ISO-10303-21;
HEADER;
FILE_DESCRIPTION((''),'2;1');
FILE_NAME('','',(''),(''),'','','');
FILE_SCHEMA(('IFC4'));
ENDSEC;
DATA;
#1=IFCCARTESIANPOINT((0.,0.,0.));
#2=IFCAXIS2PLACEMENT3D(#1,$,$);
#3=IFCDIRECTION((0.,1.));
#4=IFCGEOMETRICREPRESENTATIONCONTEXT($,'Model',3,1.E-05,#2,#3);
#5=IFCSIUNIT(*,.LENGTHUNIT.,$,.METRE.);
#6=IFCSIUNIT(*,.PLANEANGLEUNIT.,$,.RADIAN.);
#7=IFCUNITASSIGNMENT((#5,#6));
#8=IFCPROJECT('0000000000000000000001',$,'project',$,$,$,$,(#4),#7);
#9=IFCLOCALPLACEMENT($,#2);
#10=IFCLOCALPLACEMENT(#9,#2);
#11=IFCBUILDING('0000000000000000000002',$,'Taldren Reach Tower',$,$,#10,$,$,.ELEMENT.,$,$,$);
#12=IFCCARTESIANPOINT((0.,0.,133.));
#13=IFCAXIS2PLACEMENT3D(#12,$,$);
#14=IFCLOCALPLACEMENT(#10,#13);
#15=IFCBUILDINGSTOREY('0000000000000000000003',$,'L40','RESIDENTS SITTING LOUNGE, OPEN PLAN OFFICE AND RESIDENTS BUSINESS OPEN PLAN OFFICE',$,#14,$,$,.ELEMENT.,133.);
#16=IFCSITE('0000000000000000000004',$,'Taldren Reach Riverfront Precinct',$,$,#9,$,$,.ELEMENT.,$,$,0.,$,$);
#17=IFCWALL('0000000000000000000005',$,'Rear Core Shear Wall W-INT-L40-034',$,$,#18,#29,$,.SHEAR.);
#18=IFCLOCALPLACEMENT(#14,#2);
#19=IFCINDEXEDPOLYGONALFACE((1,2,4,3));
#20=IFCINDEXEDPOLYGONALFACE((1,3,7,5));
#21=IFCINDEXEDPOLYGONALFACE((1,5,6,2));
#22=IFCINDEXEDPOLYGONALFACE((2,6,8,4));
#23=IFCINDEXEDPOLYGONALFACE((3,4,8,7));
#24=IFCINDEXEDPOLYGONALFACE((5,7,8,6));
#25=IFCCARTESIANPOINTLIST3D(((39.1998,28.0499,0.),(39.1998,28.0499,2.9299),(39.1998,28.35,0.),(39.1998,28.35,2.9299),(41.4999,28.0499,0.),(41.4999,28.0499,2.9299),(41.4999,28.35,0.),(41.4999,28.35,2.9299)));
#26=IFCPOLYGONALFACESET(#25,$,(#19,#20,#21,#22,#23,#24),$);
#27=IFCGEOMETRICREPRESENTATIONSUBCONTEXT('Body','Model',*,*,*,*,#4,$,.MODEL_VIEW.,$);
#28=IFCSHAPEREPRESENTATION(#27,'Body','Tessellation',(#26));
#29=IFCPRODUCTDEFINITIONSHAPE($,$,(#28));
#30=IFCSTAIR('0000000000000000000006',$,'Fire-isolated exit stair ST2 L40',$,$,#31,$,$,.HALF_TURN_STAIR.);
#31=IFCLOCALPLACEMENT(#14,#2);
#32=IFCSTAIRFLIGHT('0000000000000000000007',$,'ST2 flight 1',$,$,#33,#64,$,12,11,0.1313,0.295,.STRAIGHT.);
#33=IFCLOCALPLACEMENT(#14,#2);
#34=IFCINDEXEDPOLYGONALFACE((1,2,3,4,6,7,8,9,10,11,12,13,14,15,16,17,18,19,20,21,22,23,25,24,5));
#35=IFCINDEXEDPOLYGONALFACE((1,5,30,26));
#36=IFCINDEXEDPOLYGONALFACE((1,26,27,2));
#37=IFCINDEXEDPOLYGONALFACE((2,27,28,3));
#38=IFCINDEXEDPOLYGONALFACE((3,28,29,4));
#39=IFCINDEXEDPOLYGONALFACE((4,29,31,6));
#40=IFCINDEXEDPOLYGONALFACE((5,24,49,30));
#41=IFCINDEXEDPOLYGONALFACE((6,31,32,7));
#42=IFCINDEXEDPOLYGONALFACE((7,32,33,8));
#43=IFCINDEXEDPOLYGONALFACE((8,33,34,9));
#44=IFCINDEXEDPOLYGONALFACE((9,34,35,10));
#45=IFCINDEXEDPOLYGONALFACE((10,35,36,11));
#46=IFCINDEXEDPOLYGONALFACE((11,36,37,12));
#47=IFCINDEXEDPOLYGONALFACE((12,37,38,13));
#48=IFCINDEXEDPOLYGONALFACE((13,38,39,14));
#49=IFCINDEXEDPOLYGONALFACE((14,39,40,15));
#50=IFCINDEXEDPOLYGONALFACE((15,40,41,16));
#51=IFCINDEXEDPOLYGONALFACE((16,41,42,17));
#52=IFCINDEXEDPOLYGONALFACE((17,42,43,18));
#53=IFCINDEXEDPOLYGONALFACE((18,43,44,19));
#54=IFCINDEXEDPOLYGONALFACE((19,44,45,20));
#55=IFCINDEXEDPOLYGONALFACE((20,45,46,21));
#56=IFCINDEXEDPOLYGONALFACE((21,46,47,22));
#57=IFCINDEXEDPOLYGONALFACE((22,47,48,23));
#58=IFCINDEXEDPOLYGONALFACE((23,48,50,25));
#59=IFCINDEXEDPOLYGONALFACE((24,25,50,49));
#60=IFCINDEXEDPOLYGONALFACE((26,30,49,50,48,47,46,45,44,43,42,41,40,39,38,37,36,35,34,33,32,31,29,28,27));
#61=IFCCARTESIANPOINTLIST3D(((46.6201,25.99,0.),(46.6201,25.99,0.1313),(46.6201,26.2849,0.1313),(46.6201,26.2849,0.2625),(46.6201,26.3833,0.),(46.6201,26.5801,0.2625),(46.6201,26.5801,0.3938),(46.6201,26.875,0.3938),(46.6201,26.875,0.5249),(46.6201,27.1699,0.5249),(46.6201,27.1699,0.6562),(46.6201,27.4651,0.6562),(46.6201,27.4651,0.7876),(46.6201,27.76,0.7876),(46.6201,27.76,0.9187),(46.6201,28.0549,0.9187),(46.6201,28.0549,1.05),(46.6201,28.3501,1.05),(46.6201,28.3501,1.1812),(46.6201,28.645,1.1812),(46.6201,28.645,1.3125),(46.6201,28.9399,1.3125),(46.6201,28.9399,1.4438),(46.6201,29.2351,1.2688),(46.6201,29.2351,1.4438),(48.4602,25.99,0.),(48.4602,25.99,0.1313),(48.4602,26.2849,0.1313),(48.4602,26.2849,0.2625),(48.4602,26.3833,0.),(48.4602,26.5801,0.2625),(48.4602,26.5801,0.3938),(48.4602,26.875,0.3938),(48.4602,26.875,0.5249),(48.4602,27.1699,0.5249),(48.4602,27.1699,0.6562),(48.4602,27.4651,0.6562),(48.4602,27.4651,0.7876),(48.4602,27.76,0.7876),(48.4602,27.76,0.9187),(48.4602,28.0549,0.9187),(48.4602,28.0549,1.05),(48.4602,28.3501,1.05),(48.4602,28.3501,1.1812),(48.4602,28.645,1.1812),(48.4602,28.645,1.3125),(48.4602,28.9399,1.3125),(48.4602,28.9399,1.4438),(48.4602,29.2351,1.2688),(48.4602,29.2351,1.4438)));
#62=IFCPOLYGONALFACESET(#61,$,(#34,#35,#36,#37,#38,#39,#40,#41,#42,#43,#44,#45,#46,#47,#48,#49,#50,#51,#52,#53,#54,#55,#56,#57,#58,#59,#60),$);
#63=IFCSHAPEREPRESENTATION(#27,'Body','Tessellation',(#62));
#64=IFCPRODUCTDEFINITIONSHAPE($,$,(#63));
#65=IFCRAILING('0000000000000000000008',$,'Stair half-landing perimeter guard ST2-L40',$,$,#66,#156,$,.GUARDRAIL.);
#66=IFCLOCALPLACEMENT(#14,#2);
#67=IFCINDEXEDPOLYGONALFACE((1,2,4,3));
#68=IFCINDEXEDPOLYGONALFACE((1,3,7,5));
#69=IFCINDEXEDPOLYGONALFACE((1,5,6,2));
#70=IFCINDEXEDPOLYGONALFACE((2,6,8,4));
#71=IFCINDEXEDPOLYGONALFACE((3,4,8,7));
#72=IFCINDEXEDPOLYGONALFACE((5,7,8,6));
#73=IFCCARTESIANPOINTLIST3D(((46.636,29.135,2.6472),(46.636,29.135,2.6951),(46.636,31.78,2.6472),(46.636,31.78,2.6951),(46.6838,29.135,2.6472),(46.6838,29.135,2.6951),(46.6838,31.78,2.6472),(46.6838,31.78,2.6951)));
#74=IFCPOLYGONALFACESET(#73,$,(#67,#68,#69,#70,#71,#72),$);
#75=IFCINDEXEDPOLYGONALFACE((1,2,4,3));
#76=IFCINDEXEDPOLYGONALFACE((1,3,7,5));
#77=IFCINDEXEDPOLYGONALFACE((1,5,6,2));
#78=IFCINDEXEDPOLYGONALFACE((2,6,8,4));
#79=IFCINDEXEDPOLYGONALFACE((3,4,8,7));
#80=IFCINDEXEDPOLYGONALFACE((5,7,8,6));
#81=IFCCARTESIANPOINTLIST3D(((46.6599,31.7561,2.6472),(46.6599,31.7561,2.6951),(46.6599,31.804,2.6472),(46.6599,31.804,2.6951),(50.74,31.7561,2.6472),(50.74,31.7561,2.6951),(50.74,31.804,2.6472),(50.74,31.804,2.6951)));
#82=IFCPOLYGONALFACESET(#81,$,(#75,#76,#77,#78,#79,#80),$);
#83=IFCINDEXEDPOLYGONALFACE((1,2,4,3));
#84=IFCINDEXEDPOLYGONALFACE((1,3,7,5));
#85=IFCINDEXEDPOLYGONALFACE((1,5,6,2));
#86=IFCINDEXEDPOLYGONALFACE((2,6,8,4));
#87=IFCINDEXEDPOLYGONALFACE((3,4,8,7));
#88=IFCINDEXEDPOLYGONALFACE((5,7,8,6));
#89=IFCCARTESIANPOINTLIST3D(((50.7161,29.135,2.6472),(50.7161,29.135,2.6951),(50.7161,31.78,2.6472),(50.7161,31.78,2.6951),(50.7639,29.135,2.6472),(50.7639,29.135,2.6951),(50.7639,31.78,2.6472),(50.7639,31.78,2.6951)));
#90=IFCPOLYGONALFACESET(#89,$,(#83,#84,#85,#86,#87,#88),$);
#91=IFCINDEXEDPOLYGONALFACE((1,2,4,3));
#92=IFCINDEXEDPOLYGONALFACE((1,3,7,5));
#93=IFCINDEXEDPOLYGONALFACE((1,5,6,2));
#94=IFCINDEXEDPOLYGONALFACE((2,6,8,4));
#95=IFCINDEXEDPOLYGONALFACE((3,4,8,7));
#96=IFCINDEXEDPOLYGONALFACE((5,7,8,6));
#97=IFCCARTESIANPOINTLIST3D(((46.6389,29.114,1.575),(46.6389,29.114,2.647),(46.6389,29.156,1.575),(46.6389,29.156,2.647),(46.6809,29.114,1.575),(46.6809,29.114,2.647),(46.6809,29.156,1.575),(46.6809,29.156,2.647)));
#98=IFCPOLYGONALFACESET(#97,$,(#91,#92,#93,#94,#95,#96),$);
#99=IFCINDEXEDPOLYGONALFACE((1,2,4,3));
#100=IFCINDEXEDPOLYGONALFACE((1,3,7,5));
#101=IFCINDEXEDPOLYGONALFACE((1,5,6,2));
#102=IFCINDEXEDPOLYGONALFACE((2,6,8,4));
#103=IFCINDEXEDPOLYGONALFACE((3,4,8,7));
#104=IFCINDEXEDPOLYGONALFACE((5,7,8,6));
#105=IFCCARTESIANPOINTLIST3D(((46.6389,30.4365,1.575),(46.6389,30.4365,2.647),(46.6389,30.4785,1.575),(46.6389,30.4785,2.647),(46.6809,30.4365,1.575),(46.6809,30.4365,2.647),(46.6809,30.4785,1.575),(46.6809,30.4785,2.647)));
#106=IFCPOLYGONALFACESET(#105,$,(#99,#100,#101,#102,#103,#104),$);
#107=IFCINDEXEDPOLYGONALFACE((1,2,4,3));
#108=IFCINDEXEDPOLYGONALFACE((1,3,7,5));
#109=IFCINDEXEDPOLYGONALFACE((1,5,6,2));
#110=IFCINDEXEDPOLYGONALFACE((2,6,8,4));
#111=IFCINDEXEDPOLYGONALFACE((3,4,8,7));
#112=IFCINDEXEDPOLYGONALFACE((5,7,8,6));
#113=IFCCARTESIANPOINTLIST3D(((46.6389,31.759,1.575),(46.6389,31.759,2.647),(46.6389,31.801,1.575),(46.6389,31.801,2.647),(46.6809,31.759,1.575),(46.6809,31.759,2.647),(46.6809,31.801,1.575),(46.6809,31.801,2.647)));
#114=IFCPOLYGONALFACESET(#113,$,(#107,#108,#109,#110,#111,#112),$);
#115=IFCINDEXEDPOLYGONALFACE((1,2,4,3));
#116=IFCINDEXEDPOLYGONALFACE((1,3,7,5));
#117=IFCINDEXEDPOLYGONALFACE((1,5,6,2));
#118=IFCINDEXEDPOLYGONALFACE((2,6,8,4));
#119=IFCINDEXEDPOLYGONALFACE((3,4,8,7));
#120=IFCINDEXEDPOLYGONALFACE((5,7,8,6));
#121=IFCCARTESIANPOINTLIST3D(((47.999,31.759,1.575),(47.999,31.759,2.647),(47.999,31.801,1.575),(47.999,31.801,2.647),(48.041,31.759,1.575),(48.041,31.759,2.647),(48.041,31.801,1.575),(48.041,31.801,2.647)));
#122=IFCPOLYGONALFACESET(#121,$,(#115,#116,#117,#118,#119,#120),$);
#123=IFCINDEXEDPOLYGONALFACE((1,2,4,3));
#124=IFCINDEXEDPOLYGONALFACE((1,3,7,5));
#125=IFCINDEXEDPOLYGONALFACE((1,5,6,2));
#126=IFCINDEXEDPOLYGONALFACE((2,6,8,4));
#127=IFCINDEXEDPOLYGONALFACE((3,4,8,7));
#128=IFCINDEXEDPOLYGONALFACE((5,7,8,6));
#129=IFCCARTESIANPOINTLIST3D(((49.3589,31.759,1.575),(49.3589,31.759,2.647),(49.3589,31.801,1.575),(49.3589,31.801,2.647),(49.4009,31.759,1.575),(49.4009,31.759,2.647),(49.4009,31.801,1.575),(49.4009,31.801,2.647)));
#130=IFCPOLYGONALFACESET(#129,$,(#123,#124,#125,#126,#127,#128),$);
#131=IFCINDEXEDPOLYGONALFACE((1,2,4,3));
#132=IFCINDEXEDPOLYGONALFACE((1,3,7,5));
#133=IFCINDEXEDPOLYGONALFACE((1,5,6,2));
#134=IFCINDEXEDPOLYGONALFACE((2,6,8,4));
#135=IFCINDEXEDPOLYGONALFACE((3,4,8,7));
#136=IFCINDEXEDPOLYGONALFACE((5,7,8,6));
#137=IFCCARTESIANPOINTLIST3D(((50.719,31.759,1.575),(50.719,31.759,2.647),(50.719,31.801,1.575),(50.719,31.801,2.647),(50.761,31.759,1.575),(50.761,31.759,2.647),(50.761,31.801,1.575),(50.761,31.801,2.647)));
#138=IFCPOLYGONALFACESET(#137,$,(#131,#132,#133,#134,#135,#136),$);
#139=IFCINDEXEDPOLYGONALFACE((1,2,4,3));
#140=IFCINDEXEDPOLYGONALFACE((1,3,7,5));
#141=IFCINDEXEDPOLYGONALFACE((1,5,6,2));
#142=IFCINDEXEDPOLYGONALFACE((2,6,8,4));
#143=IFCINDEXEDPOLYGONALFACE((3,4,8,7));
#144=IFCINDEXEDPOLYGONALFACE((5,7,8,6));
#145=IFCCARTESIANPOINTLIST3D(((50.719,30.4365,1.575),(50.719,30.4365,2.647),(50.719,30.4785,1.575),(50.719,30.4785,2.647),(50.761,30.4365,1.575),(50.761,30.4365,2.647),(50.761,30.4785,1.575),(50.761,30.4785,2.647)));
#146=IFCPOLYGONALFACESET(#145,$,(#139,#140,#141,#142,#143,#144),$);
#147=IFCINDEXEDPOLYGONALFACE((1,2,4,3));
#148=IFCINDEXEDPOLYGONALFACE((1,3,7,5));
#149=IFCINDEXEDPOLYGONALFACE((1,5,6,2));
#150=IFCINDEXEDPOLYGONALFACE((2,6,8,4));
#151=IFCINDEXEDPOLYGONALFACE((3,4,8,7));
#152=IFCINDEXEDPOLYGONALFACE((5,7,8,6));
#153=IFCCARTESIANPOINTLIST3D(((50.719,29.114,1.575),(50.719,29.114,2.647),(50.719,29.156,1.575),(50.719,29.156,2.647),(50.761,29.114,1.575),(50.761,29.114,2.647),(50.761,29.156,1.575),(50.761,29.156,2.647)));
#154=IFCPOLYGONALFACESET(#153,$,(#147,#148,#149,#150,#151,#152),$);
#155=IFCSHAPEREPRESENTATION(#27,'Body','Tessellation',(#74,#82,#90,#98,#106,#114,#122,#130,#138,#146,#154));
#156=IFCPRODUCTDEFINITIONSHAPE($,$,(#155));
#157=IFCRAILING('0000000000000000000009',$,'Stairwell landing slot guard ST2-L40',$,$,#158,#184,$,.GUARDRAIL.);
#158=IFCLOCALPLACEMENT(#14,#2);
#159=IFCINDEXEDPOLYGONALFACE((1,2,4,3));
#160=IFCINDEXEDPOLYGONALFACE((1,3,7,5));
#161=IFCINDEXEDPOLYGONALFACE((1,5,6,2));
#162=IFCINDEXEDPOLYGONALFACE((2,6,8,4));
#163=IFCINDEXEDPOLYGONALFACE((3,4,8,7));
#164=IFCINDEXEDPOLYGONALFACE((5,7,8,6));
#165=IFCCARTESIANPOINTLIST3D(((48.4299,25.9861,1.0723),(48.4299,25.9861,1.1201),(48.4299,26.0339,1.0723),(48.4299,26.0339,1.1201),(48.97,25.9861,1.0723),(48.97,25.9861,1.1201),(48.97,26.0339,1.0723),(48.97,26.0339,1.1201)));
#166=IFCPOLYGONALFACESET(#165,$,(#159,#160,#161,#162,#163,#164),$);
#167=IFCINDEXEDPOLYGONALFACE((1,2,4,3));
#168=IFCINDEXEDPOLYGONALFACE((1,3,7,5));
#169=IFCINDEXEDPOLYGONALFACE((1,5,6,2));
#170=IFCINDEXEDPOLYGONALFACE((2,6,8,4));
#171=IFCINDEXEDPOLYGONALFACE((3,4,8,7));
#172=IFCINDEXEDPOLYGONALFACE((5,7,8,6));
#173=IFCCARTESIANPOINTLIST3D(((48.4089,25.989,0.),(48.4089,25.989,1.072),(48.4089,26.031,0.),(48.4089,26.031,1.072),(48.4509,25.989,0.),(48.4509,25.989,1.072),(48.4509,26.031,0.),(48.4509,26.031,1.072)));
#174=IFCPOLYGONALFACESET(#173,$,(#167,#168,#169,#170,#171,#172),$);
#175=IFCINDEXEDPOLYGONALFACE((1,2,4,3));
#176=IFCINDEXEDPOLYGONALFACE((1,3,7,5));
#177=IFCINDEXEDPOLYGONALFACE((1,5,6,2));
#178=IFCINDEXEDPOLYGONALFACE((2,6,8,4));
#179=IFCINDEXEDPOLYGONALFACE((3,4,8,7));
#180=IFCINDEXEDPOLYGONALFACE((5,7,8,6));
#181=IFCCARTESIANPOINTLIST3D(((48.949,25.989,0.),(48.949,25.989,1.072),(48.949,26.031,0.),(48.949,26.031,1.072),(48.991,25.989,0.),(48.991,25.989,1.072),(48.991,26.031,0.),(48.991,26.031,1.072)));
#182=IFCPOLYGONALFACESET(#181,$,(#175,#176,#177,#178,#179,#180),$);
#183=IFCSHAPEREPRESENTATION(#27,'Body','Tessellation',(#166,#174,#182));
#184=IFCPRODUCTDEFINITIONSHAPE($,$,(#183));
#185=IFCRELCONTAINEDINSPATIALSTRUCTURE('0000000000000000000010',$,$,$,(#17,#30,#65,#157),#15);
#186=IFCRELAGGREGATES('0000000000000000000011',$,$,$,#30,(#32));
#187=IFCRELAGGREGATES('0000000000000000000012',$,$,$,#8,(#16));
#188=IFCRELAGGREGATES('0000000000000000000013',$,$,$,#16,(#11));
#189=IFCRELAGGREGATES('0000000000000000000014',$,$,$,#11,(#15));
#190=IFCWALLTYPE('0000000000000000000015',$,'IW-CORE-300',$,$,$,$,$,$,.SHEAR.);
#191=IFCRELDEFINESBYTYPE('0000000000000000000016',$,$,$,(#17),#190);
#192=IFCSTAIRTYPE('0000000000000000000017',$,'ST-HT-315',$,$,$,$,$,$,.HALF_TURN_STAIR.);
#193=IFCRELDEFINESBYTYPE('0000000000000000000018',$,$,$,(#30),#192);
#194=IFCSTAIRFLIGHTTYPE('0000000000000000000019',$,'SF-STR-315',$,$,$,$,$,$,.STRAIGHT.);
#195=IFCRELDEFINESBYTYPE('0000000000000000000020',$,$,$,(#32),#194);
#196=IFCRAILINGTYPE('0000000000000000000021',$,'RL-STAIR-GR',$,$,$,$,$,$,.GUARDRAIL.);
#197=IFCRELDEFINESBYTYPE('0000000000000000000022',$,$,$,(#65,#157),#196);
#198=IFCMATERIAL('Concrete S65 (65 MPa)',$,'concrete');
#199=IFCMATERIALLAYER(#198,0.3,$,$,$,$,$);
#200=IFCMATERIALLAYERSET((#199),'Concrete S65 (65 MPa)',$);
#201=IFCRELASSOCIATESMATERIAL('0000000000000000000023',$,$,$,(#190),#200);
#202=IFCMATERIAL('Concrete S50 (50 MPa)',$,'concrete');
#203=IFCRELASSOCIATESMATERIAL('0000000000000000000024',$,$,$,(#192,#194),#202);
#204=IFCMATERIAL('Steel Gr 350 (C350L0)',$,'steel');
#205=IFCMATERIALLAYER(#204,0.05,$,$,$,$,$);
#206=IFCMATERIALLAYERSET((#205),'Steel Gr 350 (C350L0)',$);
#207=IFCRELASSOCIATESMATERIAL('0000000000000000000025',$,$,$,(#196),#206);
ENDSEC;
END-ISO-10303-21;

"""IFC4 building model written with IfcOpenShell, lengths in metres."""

from ifc_helpers import new_model, si_unit, direction, frame, frame_2d, origin, origin_2d, place, context, subcontext, project, spatial, polyline, rectangle, outline, extrude, source, transform, mapped, material, layer, layer_set, type_object, element, aggregate, save


model = new_model("IFC4")

# Units and contexts
model_context = context("Model", 3, precision=1e-05, world=origin(), true_north=direction((0.0, 1.0)))
body_context = subcontext(model_context, "Body", "Model", "MODEL_VIEW")
ifc_project = project(units=[si_unit("LENGTHUNIT", "METRE"), si_unit("PLANEANGLEUNIT", "RADIAN")], contexts=[model_context])

# Site, building, storey
site_placement = place(None, origin())
site = spatial("IfcSite", under=ifc_project, at=site_placement, Name="Taldren Reach Riverfront Precinct", CompositionType="ELEMENT", RefElevation=0.0)
building_placement = place(site_placement, origin())
building = spatial("IfcBuilding", under=site, at=building_placement, Name="Taldren Reach Tower", CompositionType="ELEMENT")
storey_placement = place(building_placement, frame((0.0, 0.0, 133.0)))
storey = spatial("IfcBuildingStorey", under=building, at=storey_placement, Name="L40", Description="RESIDENTS SITTING LOUNGE, OPEN PLAN OFFICE AND RESIDENTS BUSINESS OPEN PLAN OFFICE", CompositionType="ELEMENT", Elevation=133.0)

# Shared definitions
ifc_material_1 = material(Name="Steel Gr 350 (C350L0)", Category="steel")

# Shared definitions
ifc_material_2 = material(Name="Concrete S50 (50 MPa)", Category="concrete")

# Shared definitions
ifc_material_3 = material(Name="Concrete S65 (65 MPa)", Category="concrete")
ifc_layer_1 = layer(ifc_material_3, 0.3)
ifc_layer_set_1 = layer_set([ifc_layer_1], Name="Concrete S65 (65 MPa)")
wall_type_1 = type_object("IfcWallType", Name="IW-CORE-300", PredefinedType="SHEAR", material=ifc_layer_set_1)

# Wall
shared_shape_1 = source(origin(), body_context, "Body", "SweptSolid", [
    extrude(rectangle(XDim=2.3, YDim=0.3, at=frame_2d((1.1499, 0.0))), origin(), (0.0, 0.0, 1.0), 2.9299),
])
wall_1_placement = place(storey_placement, frame((39.2, 28.2, 0.0), z_axis=(0.0, 0.0, 1.0), x_axis=(1.0, 0.0, 0.0)))
element("IfcWall", 1, at=wall_1_placement, inside=storey, type_object=wall_type_1, Name="Rear Core Shear Wall W-INT-L40-034", PredefinedType="SHEAR", context=body_context, shape_type="MappedRepresentation", body=[
    mapped(shared_shape_1, transform((0.0, 0.0, 0.0), scale=1.0)),
])

# Stair, stair flight
stair_type = type_object("IfcStairType", Name="ST-HT-315", PredefinedType="HALF_TURN_STAIR", material=ifc_material_2)
stair_placement = place(storey_placement, origin())
stair = element("IfcStair", 2, at=stair_placement, inside=storey, type_object=stair_type, Name="Fire-isolated exit stair ST2 L40", PredefinedType="HALF_TURN_STAIR")
stair_flight_type = type_object("IfcStairFlightType", Name="SF-STR-315", PredefinedType="STRAIGHT", material=ifc_material_2)
stair_flight_placement = place(storey_placement, frame((47.54, 25.99, 0.0), z_axis=(0.0, 0.0, 1.0), x_axis=(0.0, 1.0, 0.0)))
stair_flight = element("IfcStairFlight", 3, at=stair_flight_placement, type_object=stair_flight_type, Name="ST2 flight 1", NumberOfRisers=12, NumberOfTreads=11, PredefinedType="STRAIGHT", RiserHeight=0.1313, TreadLength=0.295, context=body_context, shape_type="SweptSolid", body=[
    extrude(outline(polyline([(0.0, 0.0), (0.0, 0.1313), (0.2949, 0.1313), (0.2949, 0.2625), (0.5901, 0.2625), (0.5901, 0.3938), (0.885, 0.3938), (0.885, 0.5249), (1.1799, 0.5249), (1.1799, 0.6562), (1.4751, 0.6562), (1.4751, 0.7876), (1.77, 0.7876), (1.77, 0.9187), (2.0649, 0.9187), (2.0649, 1.05), (2.3601, 1.05), (2.3601, 1.1812), (2.655, 1.1812), (2.655, 1.3125), (2.95, 1.3125), (2.95, 1.4438), (3.2451, 1.4438), (3.2451, 1.575), (3.2451, 1.2688), (0.3933, 0.0), (0.0, 0.0)])), frame((0.0, 0.9199, 0.0), z_axis=(0.0, -1.0, 0.0), x_axis=(1.0, 0.0, 0.0)), (0.0, 0.0, 1.0), 1.8401),
])
aggregate(stair, [stair_flight])

# Railings
ifc_layer_2 = layer(ifc_material_1, 0.05)
ifc_layer_set_2 = layer_set([ifc_layer_2], Name="Steel Gr 350 (C350L0)")
railing_type_1 = type_object("IfcRailingType", Name="RL-STAIR-GR", PredefinedType="GUARDRAIL", material=ifc_layer_set_2)
railing_1_placement = place(storey_placement, frame((46.6599, 29.135, 1.575)))
element("IfcRailing", 4, at=railing_1_placement, inside=storey, type_object=railing_type_1, Name="Stair half-landing perimeter guard ST2-L40", PredefinedType="GUARDRAIL", context=body_context, shape_type="SweptSolid", body=[
    extrude(rectangle(XDim=0.0479, YDim=0.0479, at=origin_2d()), frame((0.0, 0.0, 1.0962), z_axis=(0.0, 1.0, 0.0), x_axis=(-1.0, 0.0, 0.0)), (0.0, 0.0, 1.0), 2.645),
    extrude(rectangle(XDim=0.0479, YDim=0.0479, at=origin_2d()), frame((0.0, 2.645, 1.0962), z_axis=(1.0, 0.0, 0.0), x_axis=(0.0, 1.0, 0.0)), (0.0, 0.0, 1.0), 4.0801),
    extrude(rectangle(XDim=0.0479, YDim=0.0479, at=origin_2d()), frame((4.0801, 2.645, 1.0962), z_axis=(0.0, -1.0, 0.0), x_axis=(1.0, 0.0, 0.0)), (0.0, 0.0, 1.0), 2.645),
    extrude(rectangle(XDim=0.042, YDim=0.042, at=origin_2d()), origin(), (0.0, 0.0, 1.0), 1.072),
    extrude(rectangle(XDim=0.042, YDim=0.042, at=origin_2d()), frame((0.0, 1.3225, 0.0)), (0.0, 0.0, 1.0), 1.072),
    extrude(rectangle(XDim=0.042, YDim=0.042, at=origin_2d()), frame((0.0, 2.645, 0.0)), (0.0, 0.0, 1.0), 1.072),
    extrude(rectangle(XDim=0.042, YDim=0.042, at=origin_2d()), frame((1.3601, 2.645, 0.0)), (0.0, 0.0, 1.0), 1.072),
    extrude(rectangle(XDim=0.042, YDim=0.042, at=origin_2d()), frame((2.72, 2.645, 0.0)), (0.0, 0.0, 1.0), 1.072),
    extrude(rectangle(XDim=0.042, YDim=0.042, at=origin_2d()), frame((4.0801, 2.645, 0.0)), (0.0, 0.0, 1.0), 1.072),
    extrude(rectangle(XDim=0.042, YDim=0.042, at=origin_2d()), frame((4.0801, 1.3225, 0.0)), (0.0, 0.0, 1.0), 1.072),
    extrude(rectangle(XDim=0.042, YDim=0.042, at=origin_2d()), frame((4.0801, 0.0, 0.0)), (0.0, 0.0, 1.0), 1.072),
])
railing_2_placement = place(storey_placement, frame((48.4299, 26.01, 0.0)))
element("IfcRailing", 5, at=railing_2_placement, inside=storey, type_object=railing_type_1, Name="Stairwell landing slot guard ST2-L40", PredefinedType="GUARDRAIL", context=body_context, shape_type="SweptSolid", body=[
    extrude(rectangle(XDim=0.0479, YDim=0.0479, at=origin_2d()), frame((0.0, 0.0, 1.0962), z_axis=(1.0, 0.0, 0.0), x_axis=(0.0, 1.0, 0.0)), (0.0, 0.0, 1.0), 0.54),
    extrude(rectangle(XDim=0.042, YDim=0.042, at=origin_2d()), origin(), (0.0, 0.0, 1.0), 1.072),
    extrude(rectangle(XDim=0.042, YDim=0.042, at=origin_2d()), frame((0.54, 0.0, 0.0)), (0.0, 0.0, 1.0), 1.072),
])

save(model, "model.ifc")
